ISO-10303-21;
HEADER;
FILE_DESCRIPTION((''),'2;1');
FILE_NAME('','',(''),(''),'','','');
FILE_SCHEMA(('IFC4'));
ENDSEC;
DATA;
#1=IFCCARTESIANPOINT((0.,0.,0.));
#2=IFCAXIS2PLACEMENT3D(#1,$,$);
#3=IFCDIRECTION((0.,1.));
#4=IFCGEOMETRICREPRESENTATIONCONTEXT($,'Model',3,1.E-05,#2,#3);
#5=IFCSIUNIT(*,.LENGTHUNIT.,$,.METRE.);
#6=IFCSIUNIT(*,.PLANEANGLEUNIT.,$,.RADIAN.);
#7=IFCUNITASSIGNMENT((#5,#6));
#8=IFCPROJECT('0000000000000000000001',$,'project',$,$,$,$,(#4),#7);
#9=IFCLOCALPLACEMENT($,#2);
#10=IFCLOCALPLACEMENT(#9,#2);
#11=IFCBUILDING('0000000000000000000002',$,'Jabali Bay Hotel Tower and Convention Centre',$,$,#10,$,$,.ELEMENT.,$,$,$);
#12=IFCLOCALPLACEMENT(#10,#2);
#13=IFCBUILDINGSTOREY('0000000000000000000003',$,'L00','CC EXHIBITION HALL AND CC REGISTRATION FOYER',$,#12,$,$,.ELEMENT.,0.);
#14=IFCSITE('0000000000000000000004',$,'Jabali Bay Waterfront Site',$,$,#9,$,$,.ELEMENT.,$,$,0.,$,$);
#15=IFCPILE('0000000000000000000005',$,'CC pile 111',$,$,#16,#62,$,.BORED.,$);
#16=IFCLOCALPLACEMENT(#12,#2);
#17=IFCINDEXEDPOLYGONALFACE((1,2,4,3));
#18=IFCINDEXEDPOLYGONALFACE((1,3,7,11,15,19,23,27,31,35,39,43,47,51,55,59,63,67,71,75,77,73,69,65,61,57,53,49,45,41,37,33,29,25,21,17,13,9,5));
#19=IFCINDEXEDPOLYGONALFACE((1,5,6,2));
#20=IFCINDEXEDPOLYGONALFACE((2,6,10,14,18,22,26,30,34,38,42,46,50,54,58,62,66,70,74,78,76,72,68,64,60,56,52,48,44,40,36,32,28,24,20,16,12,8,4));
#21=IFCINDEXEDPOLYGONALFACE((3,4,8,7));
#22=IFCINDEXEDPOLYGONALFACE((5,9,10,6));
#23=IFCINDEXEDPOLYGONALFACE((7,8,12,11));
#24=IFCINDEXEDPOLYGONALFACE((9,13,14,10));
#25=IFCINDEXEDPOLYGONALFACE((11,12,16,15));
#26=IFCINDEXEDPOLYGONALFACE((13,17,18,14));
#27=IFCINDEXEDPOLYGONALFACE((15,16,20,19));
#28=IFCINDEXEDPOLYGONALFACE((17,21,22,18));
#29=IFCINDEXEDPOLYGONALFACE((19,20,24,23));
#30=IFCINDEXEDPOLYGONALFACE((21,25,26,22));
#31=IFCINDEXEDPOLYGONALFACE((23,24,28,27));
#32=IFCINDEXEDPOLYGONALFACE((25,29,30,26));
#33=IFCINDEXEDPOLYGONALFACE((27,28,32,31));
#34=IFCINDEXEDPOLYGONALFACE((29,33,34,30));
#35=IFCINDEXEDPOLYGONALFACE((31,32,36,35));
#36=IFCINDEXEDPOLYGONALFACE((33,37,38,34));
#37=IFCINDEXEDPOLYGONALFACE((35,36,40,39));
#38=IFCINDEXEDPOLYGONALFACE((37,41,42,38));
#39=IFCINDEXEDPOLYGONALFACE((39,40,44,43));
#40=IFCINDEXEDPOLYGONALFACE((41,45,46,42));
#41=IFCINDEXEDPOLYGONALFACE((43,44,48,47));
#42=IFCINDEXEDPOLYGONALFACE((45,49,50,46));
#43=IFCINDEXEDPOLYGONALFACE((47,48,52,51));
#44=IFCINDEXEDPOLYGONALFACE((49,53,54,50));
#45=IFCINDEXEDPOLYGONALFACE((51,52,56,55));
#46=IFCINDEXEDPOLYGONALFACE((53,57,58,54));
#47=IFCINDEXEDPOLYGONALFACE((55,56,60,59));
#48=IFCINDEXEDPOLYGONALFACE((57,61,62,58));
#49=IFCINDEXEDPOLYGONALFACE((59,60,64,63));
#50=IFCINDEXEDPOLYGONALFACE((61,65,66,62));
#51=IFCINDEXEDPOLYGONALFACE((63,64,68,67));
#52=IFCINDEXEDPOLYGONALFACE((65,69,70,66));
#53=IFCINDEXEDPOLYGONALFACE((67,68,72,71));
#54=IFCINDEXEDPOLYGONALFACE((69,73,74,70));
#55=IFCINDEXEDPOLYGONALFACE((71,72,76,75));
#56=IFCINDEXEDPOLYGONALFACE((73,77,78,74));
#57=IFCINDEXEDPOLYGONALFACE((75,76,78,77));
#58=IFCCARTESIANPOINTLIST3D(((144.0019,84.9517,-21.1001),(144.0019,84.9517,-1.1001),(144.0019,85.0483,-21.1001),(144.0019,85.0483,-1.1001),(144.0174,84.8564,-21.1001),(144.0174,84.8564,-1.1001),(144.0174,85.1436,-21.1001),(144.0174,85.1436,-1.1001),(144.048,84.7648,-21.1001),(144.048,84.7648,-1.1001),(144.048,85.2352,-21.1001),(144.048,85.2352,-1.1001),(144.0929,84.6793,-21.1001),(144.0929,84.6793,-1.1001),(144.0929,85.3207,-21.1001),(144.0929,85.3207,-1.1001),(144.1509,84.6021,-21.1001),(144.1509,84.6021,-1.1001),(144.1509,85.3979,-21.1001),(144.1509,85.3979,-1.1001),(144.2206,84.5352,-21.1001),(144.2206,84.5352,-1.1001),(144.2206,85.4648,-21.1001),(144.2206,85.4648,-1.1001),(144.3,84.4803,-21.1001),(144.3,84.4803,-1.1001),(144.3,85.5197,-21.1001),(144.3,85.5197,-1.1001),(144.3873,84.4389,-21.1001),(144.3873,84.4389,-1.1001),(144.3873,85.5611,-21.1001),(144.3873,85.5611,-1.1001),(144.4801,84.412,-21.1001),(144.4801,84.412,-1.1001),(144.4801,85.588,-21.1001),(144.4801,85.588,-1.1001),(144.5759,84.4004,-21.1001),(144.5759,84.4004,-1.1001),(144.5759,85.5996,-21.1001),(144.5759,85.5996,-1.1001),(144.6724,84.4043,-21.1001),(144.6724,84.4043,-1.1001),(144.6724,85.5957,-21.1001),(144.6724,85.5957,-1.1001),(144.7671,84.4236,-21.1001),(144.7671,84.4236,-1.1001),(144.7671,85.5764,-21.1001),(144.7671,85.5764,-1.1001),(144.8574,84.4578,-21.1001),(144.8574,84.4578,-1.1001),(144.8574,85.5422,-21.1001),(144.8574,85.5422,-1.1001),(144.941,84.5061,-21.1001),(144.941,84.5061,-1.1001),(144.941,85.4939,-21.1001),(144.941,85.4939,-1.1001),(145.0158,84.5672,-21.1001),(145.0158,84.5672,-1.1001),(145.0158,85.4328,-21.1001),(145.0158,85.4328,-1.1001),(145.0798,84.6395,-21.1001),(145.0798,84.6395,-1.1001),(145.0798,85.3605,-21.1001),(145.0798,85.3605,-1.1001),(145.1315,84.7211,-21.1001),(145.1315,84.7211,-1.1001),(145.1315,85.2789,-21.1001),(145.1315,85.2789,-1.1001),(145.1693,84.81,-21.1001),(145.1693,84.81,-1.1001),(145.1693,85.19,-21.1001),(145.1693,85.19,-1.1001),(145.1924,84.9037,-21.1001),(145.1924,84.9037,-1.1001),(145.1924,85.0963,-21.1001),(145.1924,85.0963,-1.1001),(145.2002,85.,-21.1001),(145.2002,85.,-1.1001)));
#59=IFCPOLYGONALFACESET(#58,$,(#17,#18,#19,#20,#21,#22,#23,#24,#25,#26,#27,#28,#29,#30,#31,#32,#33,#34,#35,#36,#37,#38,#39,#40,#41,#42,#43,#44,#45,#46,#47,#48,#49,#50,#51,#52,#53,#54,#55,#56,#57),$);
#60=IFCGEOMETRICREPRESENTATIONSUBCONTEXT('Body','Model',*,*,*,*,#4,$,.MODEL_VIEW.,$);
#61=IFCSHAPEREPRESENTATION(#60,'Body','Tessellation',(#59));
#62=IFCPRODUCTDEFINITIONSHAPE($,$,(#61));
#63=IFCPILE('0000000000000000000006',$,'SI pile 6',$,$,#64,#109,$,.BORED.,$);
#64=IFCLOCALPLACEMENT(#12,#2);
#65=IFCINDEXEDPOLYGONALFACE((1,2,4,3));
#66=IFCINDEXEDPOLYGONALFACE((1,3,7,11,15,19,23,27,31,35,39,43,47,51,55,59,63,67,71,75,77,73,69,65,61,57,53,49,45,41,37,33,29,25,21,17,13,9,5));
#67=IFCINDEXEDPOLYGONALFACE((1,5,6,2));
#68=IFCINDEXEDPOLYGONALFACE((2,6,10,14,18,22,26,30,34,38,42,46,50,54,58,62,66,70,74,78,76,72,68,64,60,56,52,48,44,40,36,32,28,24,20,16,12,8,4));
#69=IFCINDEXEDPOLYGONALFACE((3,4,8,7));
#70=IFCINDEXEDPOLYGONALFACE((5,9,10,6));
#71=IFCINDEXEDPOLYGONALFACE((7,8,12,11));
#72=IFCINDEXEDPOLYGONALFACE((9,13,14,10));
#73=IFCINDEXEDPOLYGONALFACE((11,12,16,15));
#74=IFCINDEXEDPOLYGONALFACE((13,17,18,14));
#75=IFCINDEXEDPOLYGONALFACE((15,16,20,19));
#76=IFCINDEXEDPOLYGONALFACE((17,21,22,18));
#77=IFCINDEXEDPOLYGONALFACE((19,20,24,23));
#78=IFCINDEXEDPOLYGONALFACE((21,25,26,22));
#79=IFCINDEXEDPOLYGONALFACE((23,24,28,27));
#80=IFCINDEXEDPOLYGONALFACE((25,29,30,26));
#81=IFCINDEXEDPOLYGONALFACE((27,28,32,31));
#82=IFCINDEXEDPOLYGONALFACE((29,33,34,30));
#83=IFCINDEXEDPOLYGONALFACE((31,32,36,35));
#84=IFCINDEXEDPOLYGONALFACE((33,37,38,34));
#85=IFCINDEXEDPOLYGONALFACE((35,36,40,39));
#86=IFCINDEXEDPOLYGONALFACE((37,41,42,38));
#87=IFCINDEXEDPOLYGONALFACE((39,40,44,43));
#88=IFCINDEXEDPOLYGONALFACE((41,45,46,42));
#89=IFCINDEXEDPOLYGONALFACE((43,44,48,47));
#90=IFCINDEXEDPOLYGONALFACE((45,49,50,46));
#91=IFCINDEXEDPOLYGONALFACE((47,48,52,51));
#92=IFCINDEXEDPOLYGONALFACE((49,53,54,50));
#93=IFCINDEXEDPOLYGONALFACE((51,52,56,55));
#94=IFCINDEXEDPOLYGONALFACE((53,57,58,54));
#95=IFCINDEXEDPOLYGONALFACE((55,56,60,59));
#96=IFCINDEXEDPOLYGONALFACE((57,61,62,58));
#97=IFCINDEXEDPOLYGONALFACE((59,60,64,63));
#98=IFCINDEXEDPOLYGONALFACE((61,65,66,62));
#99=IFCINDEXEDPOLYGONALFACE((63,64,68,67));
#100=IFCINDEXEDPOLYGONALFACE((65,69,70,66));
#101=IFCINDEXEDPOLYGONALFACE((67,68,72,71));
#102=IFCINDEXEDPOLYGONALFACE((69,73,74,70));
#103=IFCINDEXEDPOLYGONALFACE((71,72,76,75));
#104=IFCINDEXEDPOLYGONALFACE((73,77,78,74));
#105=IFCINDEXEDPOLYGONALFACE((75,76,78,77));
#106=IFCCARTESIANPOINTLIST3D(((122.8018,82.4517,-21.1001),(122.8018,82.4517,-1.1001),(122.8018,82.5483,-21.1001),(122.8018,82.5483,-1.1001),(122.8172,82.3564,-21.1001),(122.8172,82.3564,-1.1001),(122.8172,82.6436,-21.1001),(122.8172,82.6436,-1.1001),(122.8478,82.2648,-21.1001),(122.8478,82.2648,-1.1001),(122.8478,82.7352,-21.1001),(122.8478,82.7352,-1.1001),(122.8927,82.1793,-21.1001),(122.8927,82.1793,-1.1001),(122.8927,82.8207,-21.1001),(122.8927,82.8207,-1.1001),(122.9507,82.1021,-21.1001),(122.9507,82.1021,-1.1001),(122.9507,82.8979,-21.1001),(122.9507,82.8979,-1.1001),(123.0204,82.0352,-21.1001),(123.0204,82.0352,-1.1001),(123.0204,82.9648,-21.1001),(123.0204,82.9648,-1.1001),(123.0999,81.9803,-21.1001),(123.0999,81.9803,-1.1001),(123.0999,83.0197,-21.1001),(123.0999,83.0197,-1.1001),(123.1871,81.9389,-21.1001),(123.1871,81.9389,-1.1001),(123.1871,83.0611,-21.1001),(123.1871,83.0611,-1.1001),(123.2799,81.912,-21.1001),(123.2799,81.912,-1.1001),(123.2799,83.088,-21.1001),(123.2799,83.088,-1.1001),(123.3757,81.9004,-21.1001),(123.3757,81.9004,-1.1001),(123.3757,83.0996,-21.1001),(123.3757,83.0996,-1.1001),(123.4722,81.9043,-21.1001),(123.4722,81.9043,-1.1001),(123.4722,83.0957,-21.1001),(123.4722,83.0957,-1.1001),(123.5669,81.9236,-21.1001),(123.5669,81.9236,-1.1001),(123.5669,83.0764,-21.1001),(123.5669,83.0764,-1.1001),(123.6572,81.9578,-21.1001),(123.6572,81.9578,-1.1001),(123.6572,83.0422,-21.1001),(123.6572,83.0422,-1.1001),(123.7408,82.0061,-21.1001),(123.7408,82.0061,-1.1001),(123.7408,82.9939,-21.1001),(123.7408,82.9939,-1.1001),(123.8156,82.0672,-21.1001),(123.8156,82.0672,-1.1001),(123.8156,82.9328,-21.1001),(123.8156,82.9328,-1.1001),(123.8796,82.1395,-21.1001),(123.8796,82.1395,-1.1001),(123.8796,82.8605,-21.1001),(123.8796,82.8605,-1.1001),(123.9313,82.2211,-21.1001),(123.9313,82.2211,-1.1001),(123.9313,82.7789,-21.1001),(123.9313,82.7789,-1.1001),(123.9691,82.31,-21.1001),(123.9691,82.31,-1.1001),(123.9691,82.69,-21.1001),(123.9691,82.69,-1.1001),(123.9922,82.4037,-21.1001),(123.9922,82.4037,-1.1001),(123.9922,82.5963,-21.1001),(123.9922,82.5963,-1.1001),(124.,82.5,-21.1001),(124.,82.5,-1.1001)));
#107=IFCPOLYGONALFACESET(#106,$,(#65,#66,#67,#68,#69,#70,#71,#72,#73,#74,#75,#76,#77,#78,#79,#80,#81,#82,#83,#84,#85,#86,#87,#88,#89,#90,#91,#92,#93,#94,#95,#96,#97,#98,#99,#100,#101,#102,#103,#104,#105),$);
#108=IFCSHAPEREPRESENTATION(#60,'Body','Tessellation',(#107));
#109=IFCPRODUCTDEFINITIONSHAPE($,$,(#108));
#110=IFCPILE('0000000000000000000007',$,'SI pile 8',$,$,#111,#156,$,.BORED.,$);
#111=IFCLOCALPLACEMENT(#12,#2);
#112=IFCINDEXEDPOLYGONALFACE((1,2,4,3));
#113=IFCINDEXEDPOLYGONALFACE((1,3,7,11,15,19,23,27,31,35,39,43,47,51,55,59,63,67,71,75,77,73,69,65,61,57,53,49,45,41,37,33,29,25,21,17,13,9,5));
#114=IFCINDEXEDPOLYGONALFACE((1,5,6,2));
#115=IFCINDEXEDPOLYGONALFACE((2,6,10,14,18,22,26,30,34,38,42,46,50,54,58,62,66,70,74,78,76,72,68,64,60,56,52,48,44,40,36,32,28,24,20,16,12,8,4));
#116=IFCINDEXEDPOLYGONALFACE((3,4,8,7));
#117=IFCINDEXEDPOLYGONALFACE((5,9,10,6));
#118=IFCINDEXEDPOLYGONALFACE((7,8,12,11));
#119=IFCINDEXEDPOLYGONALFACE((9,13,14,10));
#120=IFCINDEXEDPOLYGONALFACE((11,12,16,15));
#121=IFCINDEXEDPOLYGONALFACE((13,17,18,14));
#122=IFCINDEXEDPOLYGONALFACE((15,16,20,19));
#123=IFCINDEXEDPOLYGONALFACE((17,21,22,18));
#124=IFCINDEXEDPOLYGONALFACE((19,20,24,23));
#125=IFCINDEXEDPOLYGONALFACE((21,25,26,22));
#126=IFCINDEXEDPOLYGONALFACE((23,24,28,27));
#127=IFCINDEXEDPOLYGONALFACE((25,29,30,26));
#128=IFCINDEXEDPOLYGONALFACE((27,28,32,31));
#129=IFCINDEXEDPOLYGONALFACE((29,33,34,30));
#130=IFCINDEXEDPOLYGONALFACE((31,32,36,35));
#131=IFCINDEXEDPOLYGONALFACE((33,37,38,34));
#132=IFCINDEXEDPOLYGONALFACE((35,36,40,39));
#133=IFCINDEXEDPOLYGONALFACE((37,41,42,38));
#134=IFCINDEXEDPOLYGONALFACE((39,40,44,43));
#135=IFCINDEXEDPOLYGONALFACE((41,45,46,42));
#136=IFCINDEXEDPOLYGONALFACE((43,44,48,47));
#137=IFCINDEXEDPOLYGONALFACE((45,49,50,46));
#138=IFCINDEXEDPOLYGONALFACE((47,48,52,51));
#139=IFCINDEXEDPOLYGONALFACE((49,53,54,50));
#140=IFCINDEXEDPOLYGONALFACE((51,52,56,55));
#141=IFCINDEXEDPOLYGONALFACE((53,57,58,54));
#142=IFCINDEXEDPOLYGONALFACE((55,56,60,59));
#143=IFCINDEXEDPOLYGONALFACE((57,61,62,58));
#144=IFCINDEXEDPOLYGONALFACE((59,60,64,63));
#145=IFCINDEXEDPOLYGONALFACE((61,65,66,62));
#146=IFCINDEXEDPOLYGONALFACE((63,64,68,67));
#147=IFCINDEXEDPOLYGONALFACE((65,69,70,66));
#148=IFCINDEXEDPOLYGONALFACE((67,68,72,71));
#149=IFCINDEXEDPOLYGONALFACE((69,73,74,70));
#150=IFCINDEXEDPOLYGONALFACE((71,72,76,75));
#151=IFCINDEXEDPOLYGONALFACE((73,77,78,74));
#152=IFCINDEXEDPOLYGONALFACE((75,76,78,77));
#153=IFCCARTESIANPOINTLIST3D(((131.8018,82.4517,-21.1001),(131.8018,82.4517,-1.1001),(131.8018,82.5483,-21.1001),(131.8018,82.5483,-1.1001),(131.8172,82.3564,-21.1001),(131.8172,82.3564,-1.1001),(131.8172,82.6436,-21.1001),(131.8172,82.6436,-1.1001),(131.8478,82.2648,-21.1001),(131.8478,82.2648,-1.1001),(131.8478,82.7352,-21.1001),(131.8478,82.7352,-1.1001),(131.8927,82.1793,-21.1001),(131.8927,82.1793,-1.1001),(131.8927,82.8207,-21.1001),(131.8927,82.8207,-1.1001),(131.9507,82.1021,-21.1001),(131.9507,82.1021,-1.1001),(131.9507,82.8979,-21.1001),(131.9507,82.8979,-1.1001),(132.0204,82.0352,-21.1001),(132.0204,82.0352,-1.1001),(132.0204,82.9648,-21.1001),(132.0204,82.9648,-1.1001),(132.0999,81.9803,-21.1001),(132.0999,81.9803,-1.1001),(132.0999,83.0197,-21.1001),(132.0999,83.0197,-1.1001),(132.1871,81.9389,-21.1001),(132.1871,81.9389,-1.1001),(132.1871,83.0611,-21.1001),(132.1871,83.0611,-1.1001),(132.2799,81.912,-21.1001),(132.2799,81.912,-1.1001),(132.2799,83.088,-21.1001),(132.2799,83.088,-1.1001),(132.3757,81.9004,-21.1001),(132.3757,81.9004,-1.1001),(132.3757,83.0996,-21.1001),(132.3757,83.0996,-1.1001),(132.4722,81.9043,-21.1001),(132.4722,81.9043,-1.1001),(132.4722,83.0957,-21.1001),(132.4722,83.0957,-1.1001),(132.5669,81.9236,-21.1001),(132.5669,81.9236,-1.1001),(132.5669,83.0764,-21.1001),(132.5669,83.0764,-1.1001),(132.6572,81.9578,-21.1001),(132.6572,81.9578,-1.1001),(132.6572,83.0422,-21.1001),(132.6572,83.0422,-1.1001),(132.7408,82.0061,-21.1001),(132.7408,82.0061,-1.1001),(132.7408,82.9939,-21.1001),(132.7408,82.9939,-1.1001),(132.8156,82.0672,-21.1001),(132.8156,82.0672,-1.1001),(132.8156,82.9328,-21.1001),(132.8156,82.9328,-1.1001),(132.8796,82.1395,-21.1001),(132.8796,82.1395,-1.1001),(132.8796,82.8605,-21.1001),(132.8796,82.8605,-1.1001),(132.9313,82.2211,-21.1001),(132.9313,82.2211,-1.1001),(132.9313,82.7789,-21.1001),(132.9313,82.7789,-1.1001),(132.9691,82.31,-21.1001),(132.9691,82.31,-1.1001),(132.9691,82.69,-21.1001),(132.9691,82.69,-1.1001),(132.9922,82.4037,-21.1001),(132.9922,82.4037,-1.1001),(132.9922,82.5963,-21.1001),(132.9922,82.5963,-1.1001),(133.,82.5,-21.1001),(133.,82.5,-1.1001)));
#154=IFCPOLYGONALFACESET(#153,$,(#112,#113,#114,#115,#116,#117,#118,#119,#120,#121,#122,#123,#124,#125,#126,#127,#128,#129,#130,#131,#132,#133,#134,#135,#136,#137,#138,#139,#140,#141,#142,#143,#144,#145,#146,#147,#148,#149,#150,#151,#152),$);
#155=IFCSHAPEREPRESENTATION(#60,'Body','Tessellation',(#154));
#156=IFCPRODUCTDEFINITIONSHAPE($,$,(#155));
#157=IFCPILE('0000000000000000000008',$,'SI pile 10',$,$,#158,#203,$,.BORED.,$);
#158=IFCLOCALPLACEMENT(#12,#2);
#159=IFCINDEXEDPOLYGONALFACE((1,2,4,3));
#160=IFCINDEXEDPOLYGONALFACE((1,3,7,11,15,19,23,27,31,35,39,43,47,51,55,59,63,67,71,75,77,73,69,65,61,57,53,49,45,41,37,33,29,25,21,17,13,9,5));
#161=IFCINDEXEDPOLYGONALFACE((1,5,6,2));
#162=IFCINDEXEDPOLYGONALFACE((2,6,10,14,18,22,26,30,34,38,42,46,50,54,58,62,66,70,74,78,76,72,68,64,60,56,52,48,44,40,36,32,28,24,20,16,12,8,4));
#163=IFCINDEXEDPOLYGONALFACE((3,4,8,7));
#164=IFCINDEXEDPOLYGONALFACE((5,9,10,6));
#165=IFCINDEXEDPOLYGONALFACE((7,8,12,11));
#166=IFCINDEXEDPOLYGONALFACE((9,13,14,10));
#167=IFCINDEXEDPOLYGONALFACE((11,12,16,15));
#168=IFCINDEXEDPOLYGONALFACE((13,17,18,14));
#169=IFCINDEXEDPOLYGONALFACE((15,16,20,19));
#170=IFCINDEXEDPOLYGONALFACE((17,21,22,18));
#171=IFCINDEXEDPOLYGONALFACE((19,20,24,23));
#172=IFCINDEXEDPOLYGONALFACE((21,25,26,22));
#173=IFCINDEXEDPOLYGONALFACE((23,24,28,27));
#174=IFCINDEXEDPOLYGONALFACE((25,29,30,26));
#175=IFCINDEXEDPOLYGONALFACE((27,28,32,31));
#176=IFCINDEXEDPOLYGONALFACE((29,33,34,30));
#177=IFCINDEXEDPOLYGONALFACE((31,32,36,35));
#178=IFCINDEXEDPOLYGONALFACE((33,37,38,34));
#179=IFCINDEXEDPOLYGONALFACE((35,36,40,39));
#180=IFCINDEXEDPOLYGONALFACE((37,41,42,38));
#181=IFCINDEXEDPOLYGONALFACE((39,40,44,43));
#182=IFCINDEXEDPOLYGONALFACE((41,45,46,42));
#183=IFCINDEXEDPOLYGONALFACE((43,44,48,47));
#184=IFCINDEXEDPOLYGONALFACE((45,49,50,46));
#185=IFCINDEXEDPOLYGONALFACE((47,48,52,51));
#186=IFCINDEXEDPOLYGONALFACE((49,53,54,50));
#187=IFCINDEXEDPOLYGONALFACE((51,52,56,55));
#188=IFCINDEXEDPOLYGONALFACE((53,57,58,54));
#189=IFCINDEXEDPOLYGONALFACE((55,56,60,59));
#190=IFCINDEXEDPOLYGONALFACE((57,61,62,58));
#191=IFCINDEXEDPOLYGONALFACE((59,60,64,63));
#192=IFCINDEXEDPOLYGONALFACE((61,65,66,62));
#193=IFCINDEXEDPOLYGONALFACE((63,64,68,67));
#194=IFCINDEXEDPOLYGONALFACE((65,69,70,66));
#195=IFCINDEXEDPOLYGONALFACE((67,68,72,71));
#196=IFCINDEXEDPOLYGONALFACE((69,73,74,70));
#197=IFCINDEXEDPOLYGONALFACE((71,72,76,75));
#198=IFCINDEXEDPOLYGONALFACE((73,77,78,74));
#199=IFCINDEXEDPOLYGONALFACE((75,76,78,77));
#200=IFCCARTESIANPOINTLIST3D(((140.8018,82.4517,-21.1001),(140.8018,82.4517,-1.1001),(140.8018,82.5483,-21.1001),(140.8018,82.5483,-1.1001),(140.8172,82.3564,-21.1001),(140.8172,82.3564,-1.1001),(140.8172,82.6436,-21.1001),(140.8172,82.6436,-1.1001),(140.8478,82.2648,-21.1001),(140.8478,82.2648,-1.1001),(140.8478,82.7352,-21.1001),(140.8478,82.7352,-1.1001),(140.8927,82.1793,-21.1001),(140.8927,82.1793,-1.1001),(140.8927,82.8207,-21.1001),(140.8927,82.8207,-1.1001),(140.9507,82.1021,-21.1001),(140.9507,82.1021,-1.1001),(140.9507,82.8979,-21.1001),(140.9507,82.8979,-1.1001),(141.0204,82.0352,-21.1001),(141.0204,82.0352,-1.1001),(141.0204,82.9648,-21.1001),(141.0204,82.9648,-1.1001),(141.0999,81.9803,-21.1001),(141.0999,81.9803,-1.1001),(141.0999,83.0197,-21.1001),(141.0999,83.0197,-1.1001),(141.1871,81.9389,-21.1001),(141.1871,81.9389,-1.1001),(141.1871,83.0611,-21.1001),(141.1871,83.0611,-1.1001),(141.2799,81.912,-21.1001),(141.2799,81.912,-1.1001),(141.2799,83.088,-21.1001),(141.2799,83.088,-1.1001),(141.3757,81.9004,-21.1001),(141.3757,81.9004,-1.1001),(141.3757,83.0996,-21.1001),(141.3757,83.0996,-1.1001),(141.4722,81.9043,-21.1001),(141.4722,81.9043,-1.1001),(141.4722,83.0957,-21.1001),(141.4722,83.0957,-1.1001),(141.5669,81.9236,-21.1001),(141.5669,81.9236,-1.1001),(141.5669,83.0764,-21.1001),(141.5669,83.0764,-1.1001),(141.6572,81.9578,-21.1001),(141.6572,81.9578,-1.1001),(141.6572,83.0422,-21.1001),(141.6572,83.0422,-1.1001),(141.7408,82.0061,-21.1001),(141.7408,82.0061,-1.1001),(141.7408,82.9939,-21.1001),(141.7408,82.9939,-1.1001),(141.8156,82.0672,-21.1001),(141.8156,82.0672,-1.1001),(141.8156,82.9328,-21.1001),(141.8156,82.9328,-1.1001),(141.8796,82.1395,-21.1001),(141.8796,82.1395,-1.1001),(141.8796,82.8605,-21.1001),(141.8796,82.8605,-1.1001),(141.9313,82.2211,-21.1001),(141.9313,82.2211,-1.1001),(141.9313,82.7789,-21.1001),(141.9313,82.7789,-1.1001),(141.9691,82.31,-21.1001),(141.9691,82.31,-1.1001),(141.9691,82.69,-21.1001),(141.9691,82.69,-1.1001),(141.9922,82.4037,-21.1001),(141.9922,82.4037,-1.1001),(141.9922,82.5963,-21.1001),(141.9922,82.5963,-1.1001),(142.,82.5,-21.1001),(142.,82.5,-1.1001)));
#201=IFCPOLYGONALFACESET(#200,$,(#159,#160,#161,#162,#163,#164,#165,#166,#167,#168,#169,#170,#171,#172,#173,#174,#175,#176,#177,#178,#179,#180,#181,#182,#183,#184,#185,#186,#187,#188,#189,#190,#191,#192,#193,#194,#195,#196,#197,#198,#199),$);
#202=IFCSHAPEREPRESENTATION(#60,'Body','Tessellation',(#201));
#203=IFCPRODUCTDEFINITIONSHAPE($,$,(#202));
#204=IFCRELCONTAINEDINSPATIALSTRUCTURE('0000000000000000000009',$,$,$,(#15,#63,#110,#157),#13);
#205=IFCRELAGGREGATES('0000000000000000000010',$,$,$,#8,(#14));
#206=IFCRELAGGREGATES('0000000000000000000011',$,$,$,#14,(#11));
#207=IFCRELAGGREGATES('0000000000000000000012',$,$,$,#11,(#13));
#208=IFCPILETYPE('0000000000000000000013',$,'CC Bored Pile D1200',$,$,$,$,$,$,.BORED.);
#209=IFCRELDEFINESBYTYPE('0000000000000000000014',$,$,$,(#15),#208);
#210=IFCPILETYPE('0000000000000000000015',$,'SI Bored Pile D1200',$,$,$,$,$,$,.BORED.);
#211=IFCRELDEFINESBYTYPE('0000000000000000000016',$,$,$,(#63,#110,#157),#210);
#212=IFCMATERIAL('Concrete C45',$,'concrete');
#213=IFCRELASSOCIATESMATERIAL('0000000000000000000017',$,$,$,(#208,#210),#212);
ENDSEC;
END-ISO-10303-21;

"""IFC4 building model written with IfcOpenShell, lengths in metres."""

from ifc_helpers import new_model, si_unit, direction, frame, origin, origin_2d, place, context, subcontext, project, spatial, circle, extrude, material, material_profile, profile_set, type_object, element, save


model = new_model("IFC4")

# Units and contexts
model_context = context("Model", 3, precision=1e-05, world=origin(), true_north=direction((0.0, 1.0)))
body_context = subcontext(model_context, "Body", "Model", "MODEL_VIEW")
ifc_project = project(units=[si_unit("LENGTHUNIT", "METRE"), si_unit("PLANEANGLEUNIT", "RADIAN")], contexts=[model_context])

# Site, building, storey
site_placement = place(None, origin())
site = spatial("IfcSite", under=ifc_project, at=site_placement, Name="Jabali Bay Waterfront Site", CompositionType="ELEMENT", RefElevation=0.0)
building_placement = place(site_placement, origin())
building = spatial("IfcBuilding", under=site, at=building_placement, Name="Jabali Bay Hotel Tower and Convention Centre", CompositionType="ELEMENT")
storey_placement = place(building_placement, origin())
storey = spatial("IfcBuildingStorey", under=building, at=storey_placement, Name="L00", Description="CC EXHIBITION HALL AND CC REGISTRATION FOYER", CompositionType="ELEMENT", Elevation=0.0)

# Piles
ifc_material_1 = material(Name="Concrete C45", Category="concrete")
ifc_material_profile_1 = material_profile(ifc_material_1, circle(Radius=0.6001, at=origin_2d()), Name="D1200")
ifc_profile_set_1 = profile_set([ifc_material_profile_1], Name="Concrete C45")
pile_type_1 = type_object("IfcPileType", Name="CC Bored Pile D1200", PredefinedType="BORED", material=ifc_profile_set_1)
pile_placement = place(storey_placement, frame((144.6001, 85.0, -1.1001), z_axis=(0.0, 0.0, -1.0), x_axis=(1.0, 0.0, 0.0)))
element("IfcPile", 1, at=pile_placement, inside=storey, type_object=pile_type_1, Name="CC pile 111", PredefinedType="BORED", context=body_context, shape_type="SweptSolid", body=[
    extrude(circle(Radius=0.6001, at=origin_2d()), origin(), (0.0, 0.0, 1.0), 20.0),
])
ifc_material_profile_2 = material_profile(ifc_material_1, circle(Radius=0.6001, at=origin_2d()), Name="D1200")
ifc_profile_set_2 = profile_set([ifc_material_profile_2], Name="Concrete C45")
pile_type_2 = type_object("IfcPileType", Name="SI Bored Pile D1200", PredefinedType="BORED", material=ifc_profile_set_2)
for number, where, z_axis, x_axis, name in (
    (2, (123.3999, 82.5, -1.1001), (0.0, 0.0, -1.0), (1.0, 0.0, 0.0), "SI pile 6"),
    (3, (132.3999, 82.5, -1.1001), (0.0, 0.0, -1.0), (1.0, 0.0, 0.0), "SI pile 8"),
    (4, (141.3999, 82.5, -1.1001), (0.0, 0.0, -1.0), (1.0, 0.0, 0.0), "SI pile 10"),
):
    element("IfcPile", number, at=place(storey_placement, frame(where, z_axis=z_axis, x_axis=x_axis)), inside=storey, type_object=pile_type_2, Name=name, PredefinedType="BORED", context=body_context, shape_type="SweptSolid", body=[
        extrude(circle(Radius=0.6001, at=origin_2d()), origin(), (0.0, 0.0, 1.0), 20.0),
    ])

save(model, "model.ifc")
